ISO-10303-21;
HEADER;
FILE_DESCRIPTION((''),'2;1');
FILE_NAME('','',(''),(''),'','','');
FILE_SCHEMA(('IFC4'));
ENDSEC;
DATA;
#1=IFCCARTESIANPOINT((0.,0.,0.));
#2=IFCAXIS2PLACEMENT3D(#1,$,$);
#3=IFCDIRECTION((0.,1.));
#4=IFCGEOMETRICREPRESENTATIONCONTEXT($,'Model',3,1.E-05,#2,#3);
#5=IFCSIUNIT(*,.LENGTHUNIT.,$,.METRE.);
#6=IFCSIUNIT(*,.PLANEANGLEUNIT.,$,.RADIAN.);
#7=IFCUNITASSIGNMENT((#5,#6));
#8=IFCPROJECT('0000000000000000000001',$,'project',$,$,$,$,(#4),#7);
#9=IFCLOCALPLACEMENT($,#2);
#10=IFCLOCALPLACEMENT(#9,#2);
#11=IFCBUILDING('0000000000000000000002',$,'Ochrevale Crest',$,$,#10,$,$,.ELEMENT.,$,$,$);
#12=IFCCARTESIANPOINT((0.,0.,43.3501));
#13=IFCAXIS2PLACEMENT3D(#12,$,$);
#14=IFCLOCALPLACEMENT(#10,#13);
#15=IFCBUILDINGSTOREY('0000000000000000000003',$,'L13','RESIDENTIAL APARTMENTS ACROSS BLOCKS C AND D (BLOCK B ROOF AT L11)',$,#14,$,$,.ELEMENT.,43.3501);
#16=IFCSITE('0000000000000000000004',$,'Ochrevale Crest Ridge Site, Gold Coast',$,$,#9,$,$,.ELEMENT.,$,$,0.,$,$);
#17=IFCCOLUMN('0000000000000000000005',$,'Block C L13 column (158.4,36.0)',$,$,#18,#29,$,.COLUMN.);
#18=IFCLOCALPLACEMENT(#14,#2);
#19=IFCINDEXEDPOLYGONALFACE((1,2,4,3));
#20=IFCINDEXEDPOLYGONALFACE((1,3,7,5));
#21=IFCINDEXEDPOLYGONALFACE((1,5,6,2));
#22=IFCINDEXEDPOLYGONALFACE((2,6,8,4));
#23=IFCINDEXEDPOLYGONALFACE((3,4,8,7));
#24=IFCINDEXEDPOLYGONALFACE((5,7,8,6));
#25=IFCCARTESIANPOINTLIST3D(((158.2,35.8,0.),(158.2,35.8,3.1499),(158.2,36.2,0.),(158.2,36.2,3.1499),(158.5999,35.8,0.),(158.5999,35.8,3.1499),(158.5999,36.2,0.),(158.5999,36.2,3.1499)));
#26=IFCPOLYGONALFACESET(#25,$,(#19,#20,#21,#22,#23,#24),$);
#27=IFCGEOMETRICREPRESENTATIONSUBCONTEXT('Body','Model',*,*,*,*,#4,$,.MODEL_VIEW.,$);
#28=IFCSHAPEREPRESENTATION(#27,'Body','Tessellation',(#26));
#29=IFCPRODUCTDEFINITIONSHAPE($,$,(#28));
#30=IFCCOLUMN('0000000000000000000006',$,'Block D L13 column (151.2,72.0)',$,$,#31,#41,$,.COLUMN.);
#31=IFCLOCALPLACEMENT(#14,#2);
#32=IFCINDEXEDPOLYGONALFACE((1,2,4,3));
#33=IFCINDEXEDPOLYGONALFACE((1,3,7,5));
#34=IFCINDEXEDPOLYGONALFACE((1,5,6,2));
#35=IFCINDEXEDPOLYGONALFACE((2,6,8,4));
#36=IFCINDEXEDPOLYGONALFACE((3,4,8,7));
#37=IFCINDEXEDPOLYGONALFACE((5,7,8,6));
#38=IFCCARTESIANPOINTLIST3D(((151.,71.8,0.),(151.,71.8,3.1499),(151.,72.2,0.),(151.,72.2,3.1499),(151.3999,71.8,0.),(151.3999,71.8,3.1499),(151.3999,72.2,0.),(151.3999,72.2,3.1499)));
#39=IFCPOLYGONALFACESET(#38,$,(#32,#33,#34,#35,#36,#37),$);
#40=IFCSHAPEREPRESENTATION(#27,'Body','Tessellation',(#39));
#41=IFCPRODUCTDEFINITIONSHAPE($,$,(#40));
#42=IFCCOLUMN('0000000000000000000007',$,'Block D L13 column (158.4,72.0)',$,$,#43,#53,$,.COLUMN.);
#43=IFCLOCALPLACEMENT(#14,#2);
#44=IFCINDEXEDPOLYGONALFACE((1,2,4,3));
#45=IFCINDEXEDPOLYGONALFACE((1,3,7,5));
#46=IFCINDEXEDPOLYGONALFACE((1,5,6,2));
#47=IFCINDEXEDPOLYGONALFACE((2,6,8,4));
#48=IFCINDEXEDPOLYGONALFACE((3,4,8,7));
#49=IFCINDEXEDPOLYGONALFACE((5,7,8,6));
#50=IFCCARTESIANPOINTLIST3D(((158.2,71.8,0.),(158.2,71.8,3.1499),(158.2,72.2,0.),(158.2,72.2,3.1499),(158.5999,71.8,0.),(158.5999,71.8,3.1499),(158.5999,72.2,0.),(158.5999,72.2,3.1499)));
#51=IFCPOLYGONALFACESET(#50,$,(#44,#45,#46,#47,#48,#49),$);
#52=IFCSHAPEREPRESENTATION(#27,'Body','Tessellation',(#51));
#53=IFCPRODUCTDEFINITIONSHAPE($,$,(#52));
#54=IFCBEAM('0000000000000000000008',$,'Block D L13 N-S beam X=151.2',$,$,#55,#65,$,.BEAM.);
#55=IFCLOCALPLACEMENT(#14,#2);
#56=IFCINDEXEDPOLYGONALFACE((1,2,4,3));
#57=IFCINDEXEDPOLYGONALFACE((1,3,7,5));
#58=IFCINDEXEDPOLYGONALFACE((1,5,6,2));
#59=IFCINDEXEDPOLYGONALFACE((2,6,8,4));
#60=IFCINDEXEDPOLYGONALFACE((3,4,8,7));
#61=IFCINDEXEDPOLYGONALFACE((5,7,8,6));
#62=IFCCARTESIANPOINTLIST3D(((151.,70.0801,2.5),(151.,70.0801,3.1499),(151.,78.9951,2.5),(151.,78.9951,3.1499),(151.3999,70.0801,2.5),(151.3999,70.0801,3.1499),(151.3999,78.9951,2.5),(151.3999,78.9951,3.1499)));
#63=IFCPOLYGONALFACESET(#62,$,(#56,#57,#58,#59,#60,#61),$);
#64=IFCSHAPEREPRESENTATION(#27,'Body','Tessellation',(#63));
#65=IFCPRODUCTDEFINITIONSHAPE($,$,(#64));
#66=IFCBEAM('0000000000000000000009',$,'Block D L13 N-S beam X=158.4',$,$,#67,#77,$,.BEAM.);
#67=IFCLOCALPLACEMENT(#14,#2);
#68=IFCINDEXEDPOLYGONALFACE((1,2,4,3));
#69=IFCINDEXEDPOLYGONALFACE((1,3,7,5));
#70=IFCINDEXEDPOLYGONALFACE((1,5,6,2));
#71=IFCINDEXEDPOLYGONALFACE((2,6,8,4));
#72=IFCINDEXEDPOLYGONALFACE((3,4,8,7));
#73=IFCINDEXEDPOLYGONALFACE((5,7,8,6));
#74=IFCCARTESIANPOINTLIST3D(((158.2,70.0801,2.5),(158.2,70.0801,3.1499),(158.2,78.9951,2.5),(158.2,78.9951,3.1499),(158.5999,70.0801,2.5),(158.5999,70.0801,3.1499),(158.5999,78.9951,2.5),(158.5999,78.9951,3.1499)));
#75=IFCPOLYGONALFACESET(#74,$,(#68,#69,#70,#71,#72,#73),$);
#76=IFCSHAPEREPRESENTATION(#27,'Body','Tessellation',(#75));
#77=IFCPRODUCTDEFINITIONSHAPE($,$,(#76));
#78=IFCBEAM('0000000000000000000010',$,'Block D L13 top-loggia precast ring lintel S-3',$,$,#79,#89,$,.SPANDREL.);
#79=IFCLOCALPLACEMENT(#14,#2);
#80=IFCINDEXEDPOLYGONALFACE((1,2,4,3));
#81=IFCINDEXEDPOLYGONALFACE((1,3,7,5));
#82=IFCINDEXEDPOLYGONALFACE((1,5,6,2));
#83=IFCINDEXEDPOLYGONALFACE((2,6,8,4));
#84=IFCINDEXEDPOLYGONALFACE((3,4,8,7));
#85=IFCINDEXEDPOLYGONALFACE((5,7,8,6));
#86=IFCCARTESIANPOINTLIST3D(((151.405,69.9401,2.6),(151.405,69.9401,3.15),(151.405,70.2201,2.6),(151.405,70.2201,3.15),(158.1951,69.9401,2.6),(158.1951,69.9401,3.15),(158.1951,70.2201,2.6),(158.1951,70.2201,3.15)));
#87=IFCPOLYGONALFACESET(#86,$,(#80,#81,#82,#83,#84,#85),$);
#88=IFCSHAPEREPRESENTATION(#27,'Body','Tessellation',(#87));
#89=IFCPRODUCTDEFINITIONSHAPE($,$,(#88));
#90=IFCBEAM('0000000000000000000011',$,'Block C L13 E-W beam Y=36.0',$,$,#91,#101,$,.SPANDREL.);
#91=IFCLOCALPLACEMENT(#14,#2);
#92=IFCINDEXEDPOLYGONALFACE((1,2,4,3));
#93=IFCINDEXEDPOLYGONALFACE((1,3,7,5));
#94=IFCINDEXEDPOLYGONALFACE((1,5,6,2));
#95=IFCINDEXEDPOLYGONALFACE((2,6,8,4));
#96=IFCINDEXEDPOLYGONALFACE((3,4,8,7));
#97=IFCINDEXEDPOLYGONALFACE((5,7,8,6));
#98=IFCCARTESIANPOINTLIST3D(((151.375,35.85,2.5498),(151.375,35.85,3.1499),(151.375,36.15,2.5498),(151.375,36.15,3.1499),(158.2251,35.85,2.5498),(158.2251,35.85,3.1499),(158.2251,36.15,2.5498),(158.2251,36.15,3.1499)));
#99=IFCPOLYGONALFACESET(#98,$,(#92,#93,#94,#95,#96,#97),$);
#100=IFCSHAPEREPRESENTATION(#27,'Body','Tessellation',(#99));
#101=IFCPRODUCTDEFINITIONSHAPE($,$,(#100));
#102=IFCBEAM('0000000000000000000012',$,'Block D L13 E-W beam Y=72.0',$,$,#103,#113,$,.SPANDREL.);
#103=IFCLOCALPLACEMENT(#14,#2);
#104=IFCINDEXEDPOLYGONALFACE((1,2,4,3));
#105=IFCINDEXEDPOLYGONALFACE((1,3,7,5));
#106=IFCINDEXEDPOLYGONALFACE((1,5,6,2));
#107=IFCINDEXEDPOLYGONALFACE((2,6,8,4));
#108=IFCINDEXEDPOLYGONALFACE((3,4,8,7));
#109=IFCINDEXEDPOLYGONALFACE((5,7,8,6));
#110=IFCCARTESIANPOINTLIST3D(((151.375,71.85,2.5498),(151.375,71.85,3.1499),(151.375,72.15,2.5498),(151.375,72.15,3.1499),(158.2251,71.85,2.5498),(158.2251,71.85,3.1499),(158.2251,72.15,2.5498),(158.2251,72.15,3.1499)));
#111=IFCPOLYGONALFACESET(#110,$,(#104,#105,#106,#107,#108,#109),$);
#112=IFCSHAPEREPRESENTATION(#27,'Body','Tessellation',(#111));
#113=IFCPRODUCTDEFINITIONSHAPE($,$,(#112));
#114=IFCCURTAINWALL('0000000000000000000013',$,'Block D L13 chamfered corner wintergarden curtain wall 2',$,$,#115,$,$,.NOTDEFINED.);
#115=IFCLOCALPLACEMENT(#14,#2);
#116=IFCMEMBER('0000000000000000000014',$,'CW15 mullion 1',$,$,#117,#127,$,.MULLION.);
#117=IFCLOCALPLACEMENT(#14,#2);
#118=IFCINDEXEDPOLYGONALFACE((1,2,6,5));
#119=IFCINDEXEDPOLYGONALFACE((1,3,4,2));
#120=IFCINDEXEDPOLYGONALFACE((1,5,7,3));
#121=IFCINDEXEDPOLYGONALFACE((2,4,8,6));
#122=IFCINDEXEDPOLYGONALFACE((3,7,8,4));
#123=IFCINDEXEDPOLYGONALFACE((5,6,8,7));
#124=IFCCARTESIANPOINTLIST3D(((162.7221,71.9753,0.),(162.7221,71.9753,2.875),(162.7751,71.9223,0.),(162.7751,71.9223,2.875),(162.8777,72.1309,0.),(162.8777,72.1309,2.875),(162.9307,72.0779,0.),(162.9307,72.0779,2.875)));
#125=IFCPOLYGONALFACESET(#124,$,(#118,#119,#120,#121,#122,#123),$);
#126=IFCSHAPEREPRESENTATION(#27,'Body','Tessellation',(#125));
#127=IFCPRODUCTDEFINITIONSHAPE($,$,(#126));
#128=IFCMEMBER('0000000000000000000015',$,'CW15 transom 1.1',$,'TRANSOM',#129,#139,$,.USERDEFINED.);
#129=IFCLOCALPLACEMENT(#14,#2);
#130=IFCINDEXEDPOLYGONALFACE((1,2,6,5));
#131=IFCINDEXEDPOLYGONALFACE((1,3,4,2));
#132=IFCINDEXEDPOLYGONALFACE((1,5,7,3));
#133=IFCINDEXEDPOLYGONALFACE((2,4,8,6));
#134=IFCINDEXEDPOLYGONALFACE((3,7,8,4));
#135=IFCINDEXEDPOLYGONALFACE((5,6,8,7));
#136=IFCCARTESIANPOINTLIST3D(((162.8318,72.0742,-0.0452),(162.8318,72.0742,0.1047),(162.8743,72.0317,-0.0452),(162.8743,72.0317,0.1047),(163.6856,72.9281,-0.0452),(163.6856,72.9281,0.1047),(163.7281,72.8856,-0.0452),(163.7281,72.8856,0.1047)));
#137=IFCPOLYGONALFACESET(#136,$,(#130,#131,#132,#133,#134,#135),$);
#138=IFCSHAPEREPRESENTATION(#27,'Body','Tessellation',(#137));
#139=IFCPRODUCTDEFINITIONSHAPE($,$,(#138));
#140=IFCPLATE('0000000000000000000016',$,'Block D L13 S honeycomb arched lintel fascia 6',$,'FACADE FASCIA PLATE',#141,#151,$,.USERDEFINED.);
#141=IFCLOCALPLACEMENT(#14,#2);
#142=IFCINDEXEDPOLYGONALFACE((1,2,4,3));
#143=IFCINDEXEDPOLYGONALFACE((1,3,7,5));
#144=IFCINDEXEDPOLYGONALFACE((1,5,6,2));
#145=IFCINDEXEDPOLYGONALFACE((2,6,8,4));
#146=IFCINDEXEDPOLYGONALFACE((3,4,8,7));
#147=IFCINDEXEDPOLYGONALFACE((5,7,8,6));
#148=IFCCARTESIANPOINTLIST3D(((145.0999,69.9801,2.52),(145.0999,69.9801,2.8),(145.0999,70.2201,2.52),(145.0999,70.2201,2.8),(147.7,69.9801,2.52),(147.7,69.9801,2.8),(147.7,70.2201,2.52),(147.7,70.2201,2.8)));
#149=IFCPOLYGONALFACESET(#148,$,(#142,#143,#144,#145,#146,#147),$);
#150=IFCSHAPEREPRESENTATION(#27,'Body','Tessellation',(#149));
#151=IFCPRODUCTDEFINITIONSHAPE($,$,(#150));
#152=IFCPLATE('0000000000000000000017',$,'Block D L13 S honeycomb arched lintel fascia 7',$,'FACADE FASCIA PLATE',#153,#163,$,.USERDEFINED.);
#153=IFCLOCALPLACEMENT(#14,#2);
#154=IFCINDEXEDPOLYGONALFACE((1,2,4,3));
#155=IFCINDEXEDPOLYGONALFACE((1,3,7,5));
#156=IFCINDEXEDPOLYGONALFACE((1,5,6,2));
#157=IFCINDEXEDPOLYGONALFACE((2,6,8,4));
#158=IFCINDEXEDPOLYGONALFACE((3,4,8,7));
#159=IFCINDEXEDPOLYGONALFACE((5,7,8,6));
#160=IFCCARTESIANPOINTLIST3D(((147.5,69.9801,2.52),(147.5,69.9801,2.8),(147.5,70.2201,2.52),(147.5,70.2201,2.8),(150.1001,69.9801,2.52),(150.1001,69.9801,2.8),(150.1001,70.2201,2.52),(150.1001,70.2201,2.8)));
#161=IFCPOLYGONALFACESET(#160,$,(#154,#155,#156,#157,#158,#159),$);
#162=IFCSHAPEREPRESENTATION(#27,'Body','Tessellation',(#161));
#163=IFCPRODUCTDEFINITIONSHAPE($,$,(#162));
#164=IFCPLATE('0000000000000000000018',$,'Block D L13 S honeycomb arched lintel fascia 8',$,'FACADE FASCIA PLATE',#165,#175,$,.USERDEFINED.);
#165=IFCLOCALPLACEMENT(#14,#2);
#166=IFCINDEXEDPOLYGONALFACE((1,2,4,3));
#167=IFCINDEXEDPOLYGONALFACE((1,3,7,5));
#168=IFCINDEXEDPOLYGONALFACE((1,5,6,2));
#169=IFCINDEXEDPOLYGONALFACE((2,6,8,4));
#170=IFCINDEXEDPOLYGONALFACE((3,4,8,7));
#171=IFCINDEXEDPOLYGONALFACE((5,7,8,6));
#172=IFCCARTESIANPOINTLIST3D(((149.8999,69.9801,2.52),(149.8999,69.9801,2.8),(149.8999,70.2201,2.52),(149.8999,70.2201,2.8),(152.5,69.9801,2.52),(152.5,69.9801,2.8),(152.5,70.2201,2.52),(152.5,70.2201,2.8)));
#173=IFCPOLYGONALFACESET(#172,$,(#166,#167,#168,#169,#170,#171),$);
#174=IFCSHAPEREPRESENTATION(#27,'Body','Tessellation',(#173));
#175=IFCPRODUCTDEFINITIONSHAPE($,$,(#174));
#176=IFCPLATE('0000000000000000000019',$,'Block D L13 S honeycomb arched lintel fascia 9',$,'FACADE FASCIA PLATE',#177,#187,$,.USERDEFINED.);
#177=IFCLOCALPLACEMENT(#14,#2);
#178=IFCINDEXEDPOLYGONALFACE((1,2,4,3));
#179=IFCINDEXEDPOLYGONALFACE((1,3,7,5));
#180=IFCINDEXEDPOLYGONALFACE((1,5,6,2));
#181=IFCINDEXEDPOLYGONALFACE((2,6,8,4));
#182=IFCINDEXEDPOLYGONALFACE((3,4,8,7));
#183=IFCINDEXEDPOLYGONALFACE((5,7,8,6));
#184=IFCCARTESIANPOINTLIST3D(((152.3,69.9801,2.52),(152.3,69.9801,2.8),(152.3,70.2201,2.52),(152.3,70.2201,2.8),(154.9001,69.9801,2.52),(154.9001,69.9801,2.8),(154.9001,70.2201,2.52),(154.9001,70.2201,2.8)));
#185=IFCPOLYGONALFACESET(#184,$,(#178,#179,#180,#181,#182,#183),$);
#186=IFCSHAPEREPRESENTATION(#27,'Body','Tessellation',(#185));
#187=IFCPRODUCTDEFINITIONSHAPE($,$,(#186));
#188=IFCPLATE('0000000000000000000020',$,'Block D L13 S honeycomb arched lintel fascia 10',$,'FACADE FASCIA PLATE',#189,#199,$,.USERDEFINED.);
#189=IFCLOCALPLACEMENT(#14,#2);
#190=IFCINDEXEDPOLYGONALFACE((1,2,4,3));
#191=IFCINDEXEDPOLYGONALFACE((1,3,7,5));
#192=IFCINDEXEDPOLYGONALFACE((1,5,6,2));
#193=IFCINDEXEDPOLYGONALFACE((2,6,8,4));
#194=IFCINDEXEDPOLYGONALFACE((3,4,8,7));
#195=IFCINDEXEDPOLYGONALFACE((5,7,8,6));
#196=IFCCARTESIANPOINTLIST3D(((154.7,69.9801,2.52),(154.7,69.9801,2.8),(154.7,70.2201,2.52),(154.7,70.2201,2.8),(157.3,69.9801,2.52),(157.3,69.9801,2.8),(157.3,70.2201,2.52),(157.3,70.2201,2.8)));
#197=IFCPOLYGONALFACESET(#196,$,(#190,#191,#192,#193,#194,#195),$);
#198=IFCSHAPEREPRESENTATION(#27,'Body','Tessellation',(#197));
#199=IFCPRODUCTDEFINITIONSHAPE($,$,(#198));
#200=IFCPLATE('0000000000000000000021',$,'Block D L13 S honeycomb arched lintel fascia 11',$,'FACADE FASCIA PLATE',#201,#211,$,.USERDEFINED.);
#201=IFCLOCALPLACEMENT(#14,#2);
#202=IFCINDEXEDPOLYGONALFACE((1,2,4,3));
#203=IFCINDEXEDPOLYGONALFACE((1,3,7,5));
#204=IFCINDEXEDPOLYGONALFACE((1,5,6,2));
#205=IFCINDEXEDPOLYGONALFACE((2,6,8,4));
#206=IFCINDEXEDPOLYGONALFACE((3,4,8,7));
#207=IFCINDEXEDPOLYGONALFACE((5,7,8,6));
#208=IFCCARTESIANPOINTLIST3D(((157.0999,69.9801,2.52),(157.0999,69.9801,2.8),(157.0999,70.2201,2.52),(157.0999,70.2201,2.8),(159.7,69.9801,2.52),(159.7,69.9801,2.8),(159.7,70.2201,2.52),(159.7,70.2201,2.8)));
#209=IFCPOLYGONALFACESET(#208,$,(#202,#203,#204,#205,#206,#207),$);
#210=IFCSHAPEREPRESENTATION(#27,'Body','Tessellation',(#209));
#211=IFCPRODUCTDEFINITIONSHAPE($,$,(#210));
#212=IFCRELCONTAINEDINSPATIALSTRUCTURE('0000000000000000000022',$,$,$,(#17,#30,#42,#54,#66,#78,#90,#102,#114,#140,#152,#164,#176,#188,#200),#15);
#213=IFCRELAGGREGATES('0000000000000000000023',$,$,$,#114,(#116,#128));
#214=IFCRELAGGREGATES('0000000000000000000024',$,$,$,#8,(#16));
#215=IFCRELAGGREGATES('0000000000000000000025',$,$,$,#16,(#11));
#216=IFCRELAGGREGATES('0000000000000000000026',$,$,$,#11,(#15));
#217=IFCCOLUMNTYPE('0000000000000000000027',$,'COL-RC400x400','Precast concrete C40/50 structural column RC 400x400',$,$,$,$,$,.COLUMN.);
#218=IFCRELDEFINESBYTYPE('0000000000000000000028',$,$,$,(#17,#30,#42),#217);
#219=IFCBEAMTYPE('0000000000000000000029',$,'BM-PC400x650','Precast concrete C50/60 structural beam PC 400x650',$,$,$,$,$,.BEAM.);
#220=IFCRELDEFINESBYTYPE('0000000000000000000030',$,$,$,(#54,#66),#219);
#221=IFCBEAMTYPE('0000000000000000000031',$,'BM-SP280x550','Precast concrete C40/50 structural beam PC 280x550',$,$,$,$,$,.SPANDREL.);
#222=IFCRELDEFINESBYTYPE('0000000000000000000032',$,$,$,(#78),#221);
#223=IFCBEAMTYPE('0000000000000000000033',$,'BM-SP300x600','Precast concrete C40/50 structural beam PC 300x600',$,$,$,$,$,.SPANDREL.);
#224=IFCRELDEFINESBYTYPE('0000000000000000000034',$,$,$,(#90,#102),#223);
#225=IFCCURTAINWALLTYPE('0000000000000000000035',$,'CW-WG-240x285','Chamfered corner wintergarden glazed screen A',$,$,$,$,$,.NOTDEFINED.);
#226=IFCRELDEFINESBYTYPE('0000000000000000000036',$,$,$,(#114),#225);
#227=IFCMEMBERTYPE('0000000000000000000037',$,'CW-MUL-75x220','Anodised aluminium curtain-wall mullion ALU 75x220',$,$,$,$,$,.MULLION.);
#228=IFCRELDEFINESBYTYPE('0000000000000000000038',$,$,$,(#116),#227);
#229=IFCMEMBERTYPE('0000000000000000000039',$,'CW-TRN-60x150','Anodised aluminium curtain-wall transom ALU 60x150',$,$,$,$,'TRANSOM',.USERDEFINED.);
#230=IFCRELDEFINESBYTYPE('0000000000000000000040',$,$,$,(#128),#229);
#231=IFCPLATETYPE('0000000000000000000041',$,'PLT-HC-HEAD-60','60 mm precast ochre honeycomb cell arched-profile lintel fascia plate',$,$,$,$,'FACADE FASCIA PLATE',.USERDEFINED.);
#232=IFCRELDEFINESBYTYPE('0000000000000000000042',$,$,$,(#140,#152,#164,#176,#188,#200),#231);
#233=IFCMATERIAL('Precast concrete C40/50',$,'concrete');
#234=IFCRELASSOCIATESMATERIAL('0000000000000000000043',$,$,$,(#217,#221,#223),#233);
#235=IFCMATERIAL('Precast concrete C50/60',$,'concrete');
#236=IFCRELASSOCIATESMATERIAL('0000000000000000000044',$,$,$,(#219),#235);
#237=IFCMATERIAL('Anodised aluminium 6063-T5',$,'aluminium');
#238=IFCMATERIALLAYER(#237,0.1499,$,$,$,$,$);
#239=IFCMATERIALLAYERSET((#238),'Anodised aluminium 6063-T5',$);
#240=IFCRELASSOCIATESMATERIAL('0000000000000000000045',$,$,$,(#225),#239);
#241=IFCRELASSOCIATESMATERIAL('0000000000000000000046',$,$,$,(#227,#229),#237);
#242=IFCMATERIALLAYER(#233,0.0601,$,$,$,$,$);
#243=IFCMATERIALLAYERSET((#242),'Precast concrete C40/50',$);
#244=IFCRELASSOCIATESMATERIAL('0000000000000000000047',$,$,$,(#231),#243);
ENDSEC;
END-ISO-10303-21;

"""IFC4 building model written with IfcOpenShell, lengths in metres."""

from ifc_helpers import new_model, si_unit, direction, frame, origin, origin_2d, place, context, subcontext, project, spatial, rectangle, extrude, material, layer, layer_set, material_profile, profile_set, type_object, element, aggregate, save


model = new_model("IFC4")

# Units and contexts
model_context = context("Model", 3, precision=1e-05, world=origin(), true_north=direction((0.0, 1.0)))
body_context = subcontext(model_context, "Body", "Model", "MODEL_VIEW")
ifc_project = project(units=[si_unit("LENGTHUNIT", "METRE"), si_unit("PLANEANGLEUNIT", "RADIAN")], contexts=[model_context])

# Site, building, storey
site_placement = place(None, origin())
site = spatial("IfcSite", under=ifc_project, at=site_placement, Name="Ochrevale Crest Ridge Site, Gold Coast", CompositionType="ELEMENT", RefElevation=0.0)
building_placement = place(site_placement, origin())
building = spatial("IfcBuilding", under=site, at=building_placement, Name="Ochrevale Crest", CompositionType="ELEMENT")
storey_placement = place(building_placement, frame((0.0, 0.0, 43.3501)))
storey = spatial("IfcBuildingStorey", under=building, at=storey_placement, Name="L13", Description="RESIDENTIAL APARTMENTS ACROSS BLOCKS C AND D (BLOCK B ROOF AT L11)", CompositionType="ELEMENT", Elevation=43.3501)

# Columns
ifc_material_1 = material(Name="Precast concrete C40/50", Category="concrete")
ifc_material_profile_1 = material_profile(ifc_material_1, rectangle(XDim=0.3999, YDim=0.3999, at=origin_2d()), Name="RC 400x400")
ifc_profile_set_1 = profile_set([ifc_material_profile_1], Name="Precast concrete C40/50")
column_type = type_object("IfcColumnType", Name="COL-RC400x400", Description="Precast concrete C40/50 structural column RC 400x400", PredefinedType="COLUMN", material=ifc_profile_set_1)
for number, where, z_axis, x_axis, name in (
    (1, (158.3999, 36.0, 0.0), (0.0, 0.0, 1.0), (1.0, 0.0, 0.0), "Block C L13 column (158.4,36.0)"),
    (2, (151.2, 72.0, 0.0), (0.0, 0.0, 1.0), (1.0, 0.0, 0.0), "Block D L13 column (151.2,72.0)"),
    (3, (158.3999, 72.0, 0.0), (0.0, 0.0, 1.0), (1.0, 0.0, 0.0), "Block D L13 column (158.4,72.0)"),
):
    element("IfcColumn", number, at=place(storey_placement, frame(where, z_axis=z_axis, x_axis=x_axis)), inside=storey, type_object=column_type, Name=name, PredefinedType="COLUMN", context=body_context, shape_type="SweptSolid", body=[
        extrude(rectangle(XDim=0.3999, YDim=0.3999, at=origin_2d()), origin(), (0.0, 0.0, 1.0), 3.1499),
    ])

# Beams
ifc_material_2 = material(Name="Precast concrete C50/60", Category="concrete")
ifc_material_profile_2 = material_profile(ifc_material_2, rectangle(XDim=0.3999, YDim=0.6499, at=origin_2d()), Name="PC 400x650")
ifc_profile_set_2 = profile_set([ifc_material_profile_2], Name="Precast concrete C50/60")
beam_type_1 = type_object("IfcBeamType", Name="BM-PC400x650", Description="Precast concrete C50/60 structural beam PC 400x650", PredefinedType="BEAM", material=ifc_profile_set_2)
for number, where, z_axis, x_axis, name in (
    (4, (151.2, 70.0801, 2.825), (0.0, 1.0, 0.0), (-1.0, 0.0, 0.0), "Block D L13 N-S beam X=151.2"),
    (5, (158.3999, 70.0801, 2.825), (0.0, 1.0, 0.0), (-1.0, 0.0, 0.0), "Block D L13 N-S beam X=158.4"),
):
    element("IfcBeam", number, at=place(storey_placement, frame(where, z_axis=z_axis, x_axis=x_axis)), inside=storey, type_object=beam_type_1, Name=name, PredefinedType="BEAM", context=body_context, shape_type="SweptSolid", body=[
        extrude(rectangle(XDim=0.3999, YDim=0.6499, at=origin_2d()), origin(), (0.0, 0.0, 1.0), 8.915),
    ])
ifc_material_profile_3 = material_profile(ifc_material_1, rectangle(XDim=0.28, YDim=0.55, at=origin_2d()), Name="PC 280x550")
ifc_profile_set_3 = profile_set([ifc_material_profile_3], Name="Precast concrete C40/50")
beam_type_2 = type_object("IfcBeamType", Name="BM-SP280x550", Description="Precast concrete C40/50 structural beam PC 280x550", PredefinedType="SPANDREL", material=ifc_profile_set_3)
beam_placement = place(storey_placement, frame((151.405, 70.0801, 2.875), z_axis=(1.0, 0.0, 0.0), x_axis=(0.0, 1.0, 0.0)))
element("IfcBeam", 6, at=beam_placement, inside=storey, type_object=beam_type_2, Name="Block D L13 top-loggia precast ring lintel S-3", PredefinedType="SPANDREL", context=body_context, shape_type="SweptSolid", body=[
    extrude(rectangle(XDim=0.28, YDim=0.55, at=origin_2d()), origin(), (0.0, 0.0, 1.0), 6.79),
])
ifc_material_profile_4 = material_profile(ifc_material_1, rectangle(XDim=0.3, YDim=0.6001, at=origin_2d()), Name="PC 300x600")
ifc_profile_set_4 = profile_set([ifc_material_profile_4], Name="Precast concrete C40/50")
beam_type_3 = type_object("IfcBeamType", Name="BM-SP300x600", Description="Precast concrete C40/50 structural beam PC 300x600", PredefinedType="SPANDREL", material=ifc_profile_set_4)
for number, where, z_axis, x_axis, name in (
    (7, (151.375, 36.0, 2.8499), (1.0, 0.0, 0.0), (0.0, 1.0, 0.0), "Block C L13 E-W beam Y=36.0"),
    (8, (151.375, 72.0, 2.8499), (1.0, 0.0, 0.0), (0.0, 1.0, 0.0), "Block D L13 E-W beam Y=72.0"),
):
    element("IfcBeam", number, at=place(storey_placement, frame(where, z_axis=z_axis, x_axis=x_axis)), inside=storey, type_object=beam_type_3, Name=name, PredefinedType="SPANDREL", context=body_context, shape_type="SweptSolid", body=[
        extrude(rectangle(XDim=0.3, YDim=0.6001, at=origin_2d()), origin(), (0.0, 0.0, 1.0), 6.8501),
    ])

# Curtain wall, members
ifc_material_3 = material(Name="Anodised aluminium 6063-T5", Category="aluminium")
ifc_layer_1 = layer(ifc_material_3, 0.1499)
ifc_layer_set_1 = layer_set([ifc_layer_1], Name="Anodised aluminium 6063-T5")
curtain_wall_type = type_object("IfcCurtainWallType", Name="CW-WG-240x285", Description="Chamfered corner wintergarden glazed screen A", PredefinedType="NOTDEFINED", material=ifc_layer_set_1)
curtain_wall_placement = place(storey_placement, origin())
curtain_wall = element("IfcCurtainWall", 9, at=curtain_wall_placement, inside=storey, type_object=curtain_wall_type, Name="Block D L13 chamfered corner wintergarden curtain wall 2", PredefinedType="NOTDEFINED")
ifc_material_profile_5 = material_profile(ifc_material_3, rectangle(XDim=0.075, YDim=0.22, at=origin_2d()), Name="ALU 75x220")
ifc_profile_set_5 = profile_set([ifc_material_profile_5], Name="Anodised aluminium 6063-T5")
member_type_1 = type_object("IfcMemberType", Name="CW-MUL-75x220", Description="Anodised aluminium curtain-wall mullion ALU 75x220", PredefinedType="MULLION", material=ifc_profile_set_5)
member_1_placement = place(storey_placement, frame((162.8264, 72.0266, 0.0), z_axis=(0.0, 0.0, 1.0), x_axis=(-0.707107, 0.707107, 0.0)))
member_1 = element("IfcMember", 10, at=member_1_placement, type_object=member_type_1, Name="CW15 mullion 1", PredefinedType="MULLION", context=body_context, shape_type="SweptSolid", body=[
    extrude(rectangle(XDim=0.075, YDim=0.22, at=origin_2d()), origin(), (0.0, 0.0, 1.0), 2.875),
])
ifc_material_profile_6 = material_profile(ifc_material_3, rectangle(XDim=0.0601, YDim=0.1499, at=origin_2d()), Name="ALU 60x150")
ifc_profile_set_6 = profile_set([ifc_material_profile_6], Name="Anodised aluminium 6063-T5")
member_type_2 = type_object("IfcMemberType", Name="CW-TRN-60x150", Description="Anodised aluminium curtain-wall transom ALU 60x150", ElementType="TRANSOM", PredefinedType="USERDEFINED", material=ifc_profile_set_6)
member_2_placement = place(storey_placement, frame((162.853, 72.053, 0.0298), z_axis=(0.707107, 0.707107, 0.0), x_axis=(-0.707107, 0.707107, 0.0)))
member_2 = element("IfcMember", 11, at=member_2_placement, type_object=member_type_2, Name="CW15 transom 1.1", ObjectType="TRANSOM", PredefinedType="USERDEFINED", context=body_context, shape_type="SweptSolid", body=[
    extrude(rectangle(XDim=0.0601, YDim=0.1499, at=origin_2d()), origin(), (0.0, 0.0, 1.0), 1.2075),
])
aggregate(curtain_wall, [member_1, member_2])

# Plates
ifc_layer_2 = layer(ifc_material_1, 0.0601)
ifc_layer_set_2 = layer_set([ifc_layer_2], Name="Precast concrete C40/50")
plate_type_1 = type_object("IfcPlateType", Name="PLT-HC-HEAD-60", Description="60 mm precast ochre honeycomb cell arched-profile lintel fascia plate", ElementType="FACADE FASCIA PLATE", PredefinedType="USERDEFINED", material=ifc_layer_set_2)
for number, where, z_axis, x_axis, name in (
    (12, (146.3999, 70.1001, 2.52), (0.0, 0.0, 1.0), (1.0, 0.0, 0.0), "Block D L13 S honeycomb arched lintel fascia 6"),
    (13, (148.8, 70.1001, 2.52), (0.0, 0.0, 1.0), (1.0, 0.0, 0.0), "Block D L13 S honeycomb arched lintel fascia 7"),
    (14, (151.2, 70.1001, 2.52), (0.0, 0.0, 1.0), (1.0, 0.0, 0.0), "Block D L13 S honeycomb arched lintel fascia 8"),
    (15, (153.6001, 70.1001, 2.52), (0.0, 0.0, 1.0), (1.0, 0.0, 0.0), "Block D L13 S honeycomb arched lintel fascia 9"),
    (16, (156.0, 70.1001, 2.52), (0.0, 0.0, 1.0), (1.0, 0.0, 0.0), "Block D L13 S honeycomb arched lintel fascia 10"),
    (17, (158.3999, 70.1001, 2.52), (0.0, 0.0, 1.0), (1.0, 0.0, 0.0), "Block D L13 S honeycomb arched lintel fascia 11"),
):
    element("IfcPlate", number, at=place(storey_placement, frame(where, z_axis=z_axis, x_axis=x_axis)), inside=storey, type_object=plate_type_1, Name=name, ObjectType="FACADE FASCIA PLATE", PredefinedType="USERDEFINED", context=body_context, shape_type="SweptSolid", body=[
        extrude(rectangle(XDim=2.6001, YDim=0.24, at=origin_2d()), origin(), (0.0, 0.0, 1.0), 0.28),
    ])

save(model, "model.ifc")
